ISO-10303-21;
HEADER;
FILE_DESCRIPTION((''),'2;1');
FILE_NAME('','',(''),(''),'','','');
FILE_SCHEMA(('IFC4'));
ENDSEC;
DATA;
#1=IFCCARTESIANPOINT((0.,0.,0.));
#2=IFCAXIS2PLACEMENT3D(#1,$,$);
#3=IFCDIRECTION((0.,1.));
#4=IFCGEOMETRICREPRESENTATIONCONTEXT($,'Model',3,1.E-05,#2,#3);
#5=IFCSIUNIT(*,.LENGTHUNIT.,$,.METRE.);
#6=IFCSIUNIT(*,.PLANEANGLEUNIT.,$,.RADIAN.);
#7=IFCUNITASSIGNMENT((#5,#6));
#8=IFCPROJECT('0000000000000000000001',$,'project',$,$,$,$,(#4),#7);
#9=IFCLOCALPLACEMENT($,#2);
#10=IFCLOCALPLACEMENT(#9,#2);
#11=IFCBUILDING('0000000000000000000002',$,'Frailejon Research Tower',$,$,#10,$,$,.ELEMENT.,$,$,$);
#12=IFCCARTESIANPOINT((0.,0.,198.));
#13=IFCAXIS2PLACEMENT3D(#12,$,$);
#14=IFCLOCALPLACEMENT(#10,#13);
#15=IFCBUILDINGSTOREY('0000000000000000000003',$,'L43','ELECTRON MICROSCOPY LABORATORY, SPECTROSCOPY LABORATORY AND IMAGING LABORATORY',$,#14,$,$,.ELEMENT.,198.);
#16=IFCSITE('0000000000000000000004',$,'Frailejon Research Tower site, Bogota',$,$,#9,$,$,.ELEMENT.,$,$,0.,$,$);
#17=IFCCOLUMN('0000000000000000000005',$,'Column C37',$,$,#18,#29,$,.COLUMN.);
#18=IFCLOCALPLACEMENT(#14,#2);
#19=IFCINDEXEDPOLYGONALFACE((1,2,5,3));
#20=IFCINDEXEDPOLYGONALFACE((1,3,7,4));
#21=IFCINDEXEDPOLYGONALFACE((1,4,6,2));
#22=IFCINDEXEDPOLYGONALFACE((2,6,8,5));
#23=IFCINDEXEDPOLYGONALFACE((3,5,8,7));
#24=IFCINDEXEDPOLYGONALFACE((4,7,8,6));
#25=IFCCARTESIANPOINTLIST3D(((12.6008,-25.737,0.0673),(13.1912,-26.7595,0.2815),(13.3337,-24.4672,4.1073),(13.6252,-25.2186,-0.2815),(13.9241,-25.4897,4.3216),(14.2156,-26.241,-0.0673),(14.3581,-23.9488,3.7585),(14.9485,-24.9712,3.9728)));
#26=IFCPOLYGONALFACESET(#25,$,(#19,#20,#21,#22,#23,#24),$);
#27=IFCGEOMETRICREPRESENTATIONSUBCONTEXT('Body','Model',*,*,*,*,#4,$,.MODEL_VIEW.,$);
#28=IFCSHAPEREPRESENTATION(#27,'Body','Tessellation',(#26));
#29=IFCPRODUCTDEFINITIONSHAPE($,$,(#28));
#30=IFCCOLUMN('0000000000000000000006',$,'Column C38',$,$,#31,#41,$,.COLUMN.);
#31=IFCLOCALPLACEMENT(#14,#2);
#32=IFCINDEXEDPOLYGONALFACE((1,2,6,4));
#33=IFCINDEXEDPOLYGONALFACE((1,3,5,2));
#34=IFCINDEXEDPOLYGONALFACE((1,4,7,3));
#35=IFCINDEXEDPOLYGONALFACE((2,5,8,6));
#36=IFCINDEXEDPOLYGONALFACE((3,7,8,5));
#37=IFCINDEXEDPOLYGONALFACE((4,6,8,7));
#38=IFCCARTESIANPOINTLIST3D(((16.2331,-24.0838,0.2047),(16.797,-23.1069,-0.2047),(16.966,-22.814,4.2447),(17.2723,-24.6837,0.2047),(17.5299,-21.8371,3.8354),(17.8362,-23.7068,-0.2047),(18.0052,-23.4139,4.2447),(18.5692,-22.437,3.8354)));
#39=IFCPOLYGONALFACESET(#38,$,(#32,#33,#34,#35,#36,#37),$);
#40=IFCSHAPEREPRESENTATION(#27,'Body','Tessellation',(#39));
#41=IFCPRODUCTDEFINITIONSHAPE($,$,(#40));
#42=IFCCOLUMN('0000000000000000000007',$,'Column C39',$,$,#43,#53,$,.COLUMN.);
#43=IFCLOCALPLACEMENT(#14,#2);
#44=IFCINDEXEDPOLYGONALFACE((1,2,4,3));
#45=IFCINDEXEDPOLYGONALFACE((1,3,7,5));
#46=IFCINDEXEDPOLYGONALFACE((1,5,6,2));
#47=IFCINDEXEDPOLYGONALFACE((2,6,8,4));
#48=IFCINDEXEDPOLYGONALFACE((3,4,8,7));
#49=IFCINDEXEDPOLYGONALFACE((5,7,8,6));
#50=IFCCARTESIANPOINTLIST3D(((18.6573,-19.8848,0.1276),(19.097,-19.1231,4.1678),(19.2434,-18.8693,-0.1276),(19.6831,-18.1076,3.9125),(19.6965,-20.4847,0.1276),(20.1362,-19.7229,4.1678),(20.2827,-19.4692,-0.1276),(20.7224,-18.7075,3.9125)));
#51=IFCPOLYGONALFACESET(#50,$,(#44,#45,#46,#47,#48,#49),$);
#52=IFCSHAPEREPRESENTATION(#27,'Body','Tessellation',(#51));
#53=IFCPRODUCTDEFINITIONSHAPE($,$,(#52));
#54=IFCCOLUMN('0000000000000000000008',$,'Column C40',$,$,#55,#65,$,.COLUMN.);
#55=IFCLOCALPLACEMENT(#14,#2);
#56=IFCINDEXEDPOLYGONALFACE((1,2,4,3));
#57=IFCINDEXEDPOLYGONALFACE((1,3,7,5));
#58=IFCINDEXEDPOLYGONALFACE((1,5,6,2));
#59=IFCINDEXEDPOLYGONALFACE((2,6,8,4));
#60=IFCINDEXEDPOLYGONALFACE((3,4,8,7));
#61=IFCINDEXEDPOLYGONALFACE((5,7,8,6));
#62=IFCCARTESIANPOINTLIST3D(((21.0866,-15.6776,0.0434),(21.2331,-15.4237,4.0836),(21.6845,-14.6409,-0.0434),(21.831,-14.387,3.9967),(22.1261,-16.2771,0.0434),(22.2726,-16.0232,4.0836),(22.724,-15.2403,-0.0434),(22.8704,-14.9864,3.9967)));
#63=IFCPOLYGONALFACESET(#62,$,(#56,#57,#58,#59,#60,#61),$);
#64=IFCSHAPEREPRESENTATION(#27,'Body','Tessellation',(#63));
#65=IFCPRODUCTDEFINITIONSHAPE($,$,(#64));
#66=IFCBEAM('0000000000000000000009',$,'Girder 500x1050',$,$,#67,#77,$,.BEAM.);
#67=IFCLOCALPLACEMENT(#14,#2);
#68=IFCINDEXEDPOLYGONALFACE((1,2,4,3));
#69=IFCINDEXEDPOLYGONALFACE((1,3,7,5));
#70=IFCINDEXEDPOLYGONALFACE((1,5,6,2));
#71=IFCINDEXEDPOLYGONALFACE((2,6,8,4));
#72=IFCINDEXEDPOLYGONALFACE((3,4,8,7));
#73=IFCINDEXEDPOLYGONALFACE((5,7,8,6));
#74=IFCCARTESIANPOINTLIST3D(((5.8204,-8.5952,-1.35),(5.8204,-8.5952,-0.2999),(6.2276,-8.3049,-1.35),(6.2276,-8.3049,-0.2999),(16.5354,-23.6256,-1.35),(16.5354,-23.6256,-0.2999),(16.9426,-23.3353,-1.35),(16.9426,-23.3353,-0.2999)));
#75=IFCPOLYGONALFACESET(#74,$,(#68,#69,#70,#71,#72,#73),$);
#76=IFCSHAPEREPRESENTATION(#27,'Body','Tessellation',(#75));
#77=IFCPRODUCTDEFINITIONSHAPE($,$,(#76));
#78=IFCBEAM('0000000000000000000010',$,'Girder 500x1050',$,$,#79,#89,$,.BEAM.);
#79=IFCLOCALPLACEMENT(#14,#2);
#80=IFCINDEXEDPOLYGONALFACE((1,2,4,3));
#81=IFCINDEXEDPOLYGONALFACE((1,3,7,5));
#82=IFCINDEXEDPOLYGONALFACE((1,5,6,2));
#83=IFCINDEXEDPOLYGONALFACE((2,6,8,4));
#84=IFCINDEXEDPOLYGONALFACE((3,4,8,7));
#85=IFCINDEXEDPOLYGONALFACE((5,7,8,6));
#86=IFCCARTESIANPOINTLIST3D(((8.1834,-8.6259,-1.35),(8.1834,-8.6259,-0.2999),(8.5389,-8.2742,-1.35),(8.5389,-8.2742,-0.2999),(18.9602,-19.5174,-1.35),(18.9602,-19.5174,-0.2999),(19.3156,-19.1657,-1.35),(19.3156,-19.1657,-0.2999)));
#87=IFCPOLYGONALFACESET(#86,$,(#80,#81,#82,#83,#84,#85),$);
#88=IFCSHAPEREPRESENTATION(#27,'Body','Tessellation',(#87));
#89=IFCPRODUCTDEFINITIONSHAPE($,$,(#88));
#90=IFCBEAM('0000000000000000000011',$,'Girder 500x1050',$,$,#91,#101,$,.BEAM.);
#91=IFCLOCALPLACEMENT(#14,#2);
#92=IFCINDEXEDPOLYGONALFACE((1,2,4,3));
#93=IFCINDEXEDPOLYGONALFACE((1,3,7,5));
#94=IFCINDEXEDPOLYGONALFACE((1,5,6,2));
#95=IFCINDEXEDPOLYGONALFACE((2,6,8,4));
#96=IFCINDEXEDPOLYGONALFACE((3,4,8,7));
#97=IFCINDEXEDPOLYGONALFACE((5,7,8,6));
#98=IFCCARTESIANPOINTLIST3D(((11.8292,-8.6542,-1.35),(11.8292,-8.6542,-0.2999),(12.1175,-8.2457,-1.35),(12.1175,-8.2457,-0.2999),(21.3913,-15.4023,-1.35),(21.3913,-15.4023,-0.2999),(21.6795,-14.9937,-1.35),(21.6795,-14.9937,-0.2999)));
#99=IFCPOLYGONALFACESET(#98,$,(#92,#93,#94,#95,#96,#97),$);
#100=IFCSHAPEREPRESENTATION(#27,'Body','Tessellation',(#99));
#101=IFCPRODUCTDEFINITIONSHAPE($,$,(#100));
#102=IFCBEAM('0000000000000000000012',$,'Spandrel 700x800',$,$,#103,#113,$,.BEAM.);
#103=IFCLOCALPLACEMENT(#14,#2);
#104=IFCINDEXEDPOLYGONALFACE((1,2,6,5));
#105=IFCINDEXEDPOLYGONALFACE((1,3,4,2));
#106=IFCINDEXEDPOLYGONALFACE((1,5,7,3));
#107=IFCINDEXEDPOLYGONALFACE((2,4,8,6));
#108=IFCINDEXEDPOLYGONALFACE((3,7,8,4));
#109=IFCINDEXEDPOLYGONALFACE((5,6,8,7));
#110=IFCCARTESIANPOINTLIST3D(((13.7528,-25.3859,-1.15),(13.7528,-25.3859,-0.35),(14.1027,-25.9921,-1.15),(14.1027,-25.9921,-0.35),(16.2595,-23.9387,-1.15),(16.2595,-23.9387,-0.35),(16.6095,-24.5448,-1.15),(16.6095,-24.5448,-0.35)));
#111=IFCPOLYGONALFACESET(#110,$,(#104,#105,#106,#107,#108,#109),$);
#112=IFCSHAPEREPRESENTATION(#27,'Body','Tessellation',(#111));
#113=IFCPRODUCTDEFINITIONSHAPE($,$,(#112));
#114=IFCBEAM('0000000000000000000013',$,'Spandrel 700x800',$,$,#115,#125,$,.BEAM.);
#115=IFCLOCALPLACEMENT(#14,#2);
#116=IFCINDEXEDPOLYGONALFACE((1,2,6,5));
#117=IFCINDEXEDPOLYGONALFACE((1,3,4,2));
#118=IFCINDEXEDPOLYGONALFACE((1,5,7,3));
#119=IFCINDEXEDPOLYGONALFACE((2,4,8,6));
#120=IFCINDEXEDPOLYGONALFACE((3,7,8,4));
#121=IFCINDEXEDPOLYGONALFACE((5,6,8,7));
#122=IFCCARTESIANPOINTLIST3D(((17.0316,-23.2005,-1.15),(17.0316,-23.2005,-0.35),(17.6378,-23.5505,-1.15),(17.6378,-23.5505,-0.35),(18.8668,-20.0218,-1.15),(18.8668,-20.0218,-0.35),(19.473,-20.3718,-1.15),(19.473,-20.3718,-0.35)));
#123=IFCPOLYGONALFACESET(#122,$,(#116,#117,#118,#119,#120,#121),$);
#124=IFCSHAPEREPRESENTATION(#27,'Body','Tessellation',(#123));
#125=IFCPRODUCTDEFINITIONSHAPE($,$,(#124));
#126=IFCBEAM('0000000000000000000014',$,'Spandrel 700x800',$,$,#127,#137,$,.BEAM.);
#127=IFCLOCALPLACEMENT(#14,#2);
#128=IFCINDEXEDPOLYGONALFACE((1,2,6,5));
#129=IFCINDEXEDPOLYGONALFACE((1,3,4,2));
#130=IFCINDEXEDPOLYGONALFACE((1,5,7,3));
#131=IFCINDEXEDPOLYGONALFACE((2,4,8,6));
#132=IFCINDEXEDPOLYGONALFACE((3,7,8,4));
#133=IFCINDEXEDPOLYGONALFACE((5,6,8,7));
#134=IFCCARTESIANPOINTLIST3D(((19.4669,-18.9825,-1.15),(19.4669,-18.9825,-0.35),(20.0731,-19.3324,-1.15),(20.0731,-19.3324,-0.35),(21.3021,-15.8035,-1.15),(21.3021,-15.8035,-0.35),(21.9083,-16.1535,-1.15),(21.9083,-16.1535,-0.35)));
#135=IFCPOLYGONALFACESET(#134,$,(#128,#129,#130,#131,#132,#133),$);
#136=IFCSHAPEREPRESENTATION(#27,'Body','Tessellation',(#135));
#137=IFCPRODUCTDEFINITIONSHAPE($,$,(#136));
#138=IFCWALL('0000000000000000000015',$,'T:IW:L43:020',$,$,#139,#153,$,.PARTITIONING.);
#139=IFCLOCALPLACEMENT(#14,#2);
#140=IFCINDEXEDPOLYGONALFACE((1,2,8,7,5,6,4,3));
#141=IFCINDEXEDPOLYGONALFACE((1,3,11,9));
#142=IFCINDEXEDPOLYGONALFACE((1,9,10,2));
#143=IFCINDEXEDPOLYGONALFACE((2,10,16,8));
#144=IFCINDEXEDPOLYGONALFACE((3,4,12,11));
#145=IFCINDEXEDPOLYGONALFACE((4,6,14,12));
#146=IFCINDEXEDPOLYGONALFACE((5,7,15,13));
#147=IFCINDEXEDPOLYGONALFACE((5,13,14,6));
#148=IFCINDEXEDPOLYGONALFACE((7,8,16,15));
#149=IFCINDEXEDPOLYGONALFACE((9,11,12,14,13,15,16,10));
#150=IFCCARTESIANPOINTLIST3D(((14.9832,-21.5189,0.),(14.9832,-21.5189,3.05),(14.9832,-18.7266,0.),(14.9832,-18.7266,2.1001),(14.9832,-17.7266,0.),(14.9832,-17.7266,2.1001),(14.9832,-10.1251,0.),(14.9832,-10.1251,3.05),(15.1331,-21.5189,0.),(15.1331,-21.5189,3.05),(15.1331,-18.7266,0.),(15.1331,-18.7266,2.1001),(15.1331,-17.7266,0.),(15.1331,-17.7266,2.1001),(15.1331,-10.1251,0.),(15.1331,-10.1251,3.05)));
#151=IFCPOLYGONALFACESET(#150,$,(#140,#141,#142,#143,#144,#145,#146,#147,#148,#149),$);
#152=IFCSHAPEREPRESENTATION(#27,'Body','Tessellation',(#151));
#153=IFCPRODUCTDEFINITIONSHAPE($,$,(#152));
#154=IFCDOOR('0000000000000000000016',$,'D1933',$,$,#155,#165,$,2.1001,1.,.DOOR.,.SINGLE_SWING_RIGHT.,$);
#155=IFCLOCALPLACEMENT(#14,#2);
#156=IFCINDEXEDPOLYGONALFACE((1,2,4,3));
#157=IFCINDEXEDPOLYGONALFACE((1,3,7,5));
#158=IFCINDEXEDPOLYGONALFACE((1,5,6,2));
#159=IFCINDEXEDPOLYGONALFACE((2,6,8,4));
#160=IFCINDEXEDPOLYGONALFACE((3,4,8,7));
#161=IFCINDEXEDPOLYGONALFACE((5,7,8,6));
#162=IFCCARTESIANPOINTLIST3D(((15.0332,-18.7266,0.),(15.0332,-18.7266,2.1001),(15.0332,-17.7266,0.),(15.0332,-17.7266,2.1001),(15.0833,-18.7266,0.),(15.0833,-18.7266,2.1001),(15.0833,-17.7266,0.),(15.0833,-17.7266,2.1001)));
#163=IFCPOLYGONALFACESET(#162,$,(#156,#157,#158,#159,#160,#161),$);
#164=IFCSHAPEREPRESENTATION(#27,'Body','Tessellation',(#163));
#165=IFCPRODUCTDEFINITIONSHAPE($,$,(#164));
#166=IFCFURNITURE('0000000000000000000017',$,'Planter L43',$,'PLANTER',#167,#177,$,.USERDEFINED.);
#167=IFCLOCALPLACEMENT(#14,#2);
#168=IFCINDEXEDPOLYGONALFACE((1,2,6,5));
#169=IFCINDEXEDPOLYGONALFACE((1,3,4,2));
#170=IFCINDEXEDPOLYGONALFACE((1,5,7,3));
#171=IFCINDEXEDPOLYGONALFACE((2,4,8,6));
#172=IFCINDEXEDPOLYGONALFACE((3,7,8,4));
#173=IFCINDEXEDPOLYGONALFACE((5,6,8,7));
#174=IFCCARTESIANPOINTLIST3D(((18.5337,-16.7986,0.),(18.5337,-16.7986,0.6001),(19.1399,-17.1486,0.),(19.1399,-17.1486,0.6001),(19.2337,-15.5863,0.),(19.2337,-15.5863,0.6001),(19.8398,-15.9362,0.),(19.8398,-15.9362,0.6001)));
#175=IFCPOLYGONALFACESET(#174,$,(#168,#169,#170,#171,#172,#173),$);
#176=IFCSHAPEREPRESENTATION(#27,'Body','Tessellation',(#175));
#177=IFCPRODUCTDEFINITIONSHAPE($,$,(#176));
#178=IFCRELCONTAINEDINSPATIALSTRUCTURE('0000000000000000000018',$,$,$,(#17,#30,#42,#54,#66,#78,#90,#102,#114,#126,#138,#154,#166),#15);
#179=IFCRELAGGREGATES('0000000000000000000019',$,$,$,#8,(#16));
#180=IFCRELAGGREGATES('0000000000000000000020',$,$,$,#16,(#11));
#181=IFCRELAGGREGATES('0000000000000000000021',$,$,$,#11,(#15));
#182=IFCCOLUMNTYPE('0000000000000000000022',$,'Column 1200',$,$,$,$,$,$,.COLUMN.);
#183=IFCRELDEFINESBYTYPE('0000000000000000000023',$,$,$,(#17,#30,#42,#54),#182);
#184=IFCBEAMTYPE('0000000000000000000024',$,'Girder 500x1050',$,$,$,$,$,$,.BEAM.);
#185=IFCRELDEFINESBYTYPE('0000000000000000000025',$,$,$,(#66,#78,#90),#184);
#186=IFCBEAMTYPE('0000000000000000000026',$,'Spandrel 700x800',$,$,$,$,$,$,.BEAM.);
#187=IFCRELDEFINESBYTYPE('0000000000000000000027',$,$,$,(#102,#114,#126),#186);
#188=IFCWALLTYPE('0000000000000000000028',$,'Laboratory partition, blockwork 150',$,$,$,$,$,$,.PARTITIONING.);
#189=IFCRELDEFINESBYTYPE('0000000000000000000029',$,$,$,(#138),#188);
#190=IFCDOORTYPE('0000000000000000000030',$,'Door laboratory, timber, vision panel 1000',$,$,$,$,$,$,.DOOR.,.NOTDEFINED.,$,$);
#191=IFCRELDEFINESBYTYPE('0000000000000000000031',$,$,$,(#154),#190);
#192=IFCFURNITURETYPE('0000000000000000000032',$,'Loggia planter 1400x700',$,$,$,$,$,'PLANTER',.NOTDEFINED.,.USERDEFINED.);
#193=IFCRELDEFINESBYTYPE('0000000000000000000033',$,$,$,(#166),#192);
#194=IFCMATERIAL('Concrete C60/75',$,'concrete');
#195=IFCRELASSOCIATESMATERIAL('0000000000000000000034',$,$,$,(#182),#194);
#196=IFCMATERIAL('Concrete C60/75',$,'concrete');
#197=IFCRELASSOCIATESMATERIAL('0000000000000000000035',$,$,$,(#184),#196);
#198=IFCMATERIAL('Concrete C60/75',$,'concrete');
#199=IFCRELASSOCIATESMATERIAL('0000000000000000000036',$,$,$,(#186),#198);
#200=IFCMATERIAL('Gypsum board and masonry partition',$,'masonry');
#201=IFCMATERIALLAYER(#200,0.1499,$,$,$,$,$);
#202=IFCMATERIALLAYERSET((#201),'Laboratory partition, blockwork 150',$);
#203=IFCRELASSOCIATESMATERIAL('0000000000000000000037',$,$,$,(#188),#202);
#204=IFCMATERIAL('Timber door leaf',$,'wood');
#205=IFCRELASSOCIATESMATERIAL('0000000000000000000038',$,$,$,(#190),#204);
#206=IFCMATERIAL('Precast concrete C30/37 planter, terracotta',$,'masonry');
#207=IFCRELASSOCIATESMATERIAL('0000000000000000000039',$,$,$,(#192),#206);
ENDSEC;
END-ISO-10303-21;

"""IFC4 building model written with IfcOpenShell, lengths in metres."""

from ifc_helpers import new_model, si_unit, direction, frame, frame_2d, origin, origin_2d, place, context, subcontext, project, spatial, rectangle, extrude, material, layer, layer_set, material_profile, profile_set, type_object, element, fill, save


model = new_model("IFC4")

# Units and contexts
model_context = context("Model", 3, precision=1e-05, world=origin(), true_north=direction((0.0, 1.0)))
body_context = subcontext(model_context, "Body", "Model", "MODEL_VIEW")
ifc_project = project(units=[si_unit("LENGTHUNIT", "METRE"), si_unit("PLANEANGLEUNIT", "RADIAN")], contexts=[model_context])

# Site, building, storey
site_placement = place(None, origin())
site = spatial("IfcSite", under=ifc_project, at=site_placement, Name="Frailejon Research Tower site, Bogota", CompositionType="ELEMENT", RefElevation=0.0)
building_placement = place(site_placement, origin())
building = spatial("IfcBuilding", under=site, at=building_placement, Name="Frailejon Research Tower", CompositionType="ELEMENT")
storey_placement = place(building_placement, frame((0.0, 0.0, 198.0)))
storey = spatial("IfcBuildingStorey", under=building, at=storey_placement, Name="L43", Description="ELECTRON MICROSCOPY LABORATORY, SPECTROSCOPY LABORATORY AND IMAGING LABORATORY", CompositionType="ELEMENT", Elevation=198.0)

# Columns
ifc_material_1 = material(Name="Concrete C60/75", Category="concrete")
ifc_material_profile_1 = material_profile(ifc_material_1, rectangle(XDim=1.2, YDim=1.2, at=origin_2d()), Name="Column 1200")
ifc_profile_set_1 = profile_set([ifc_material_profile_1], Name="Concrete C60/75")
column_type = type_object("IfcColumnType", Name="Column 1200", PredefinedType="COLUMN", material=ifc_profile_set_1)
for number, where, z_axis, x_axis, name in (
    (1, (13.4082, -25.989, 0.0), (0.17053, 0.295445, 0.940017), (0.853708, 0.432077, -0.290674), "Column C37"),
    (2, (17.0347, -23.8953, 0.0), (0.17053, 0.295445, 0.940017), (0.469945, 0.814115, -0.341128), "Column C38"),
):
    element("IfcColumn", number, at=place(storey_placement, frame(where, z_axis=z_axis, x_axis=x_axis)), inside=storey, type_object=column_type, Name=name, PredefinedType="COLUMN", context=body_context, shape_type="SweptSolid", body=[
        extrude(rectangle(XDim=1.2, YDim=1.2, at=origin_2d()), origin(), (0.0, 0.0, 1.0), 4.2979),
    ])
column_1_placement = place(storey_placement, frame((19.47, -19.677, 0.0), z_axis=(0.106344, 0.184227, 0.977114), x_axis=(0.488465, 0.846258, -0.212718)))
element("IfcColumn", 3, at=column_1_placement, inside=storey, type_object=column_type, Name="Column C39", PredefinedType="COLUMN", context=body_context, shape_type="SweptSolid", body=[
    extrude(rectangle(XDim=1.2, YDim=1.2, at=origin_2d()), origin(), (0.0, 0.0, 1.0), 4.1348),
])
column_2_placement = place(storey_placement, frame((21.9053, -15.459, 0.0), z_axis=(0.036163, 0.062683, 0.997378), x_axis=(0.498264, 0.864, -0.072366)))
element("IfcColumn", 4, at=column_2_placement, inside=storey, type_object=column_type, Name="Column C40", PredefinedType="COLUMN", context=body_context, shape_type="SweptSolid", body=[
    extrude(rectangle(XDim=1.2, YDim=1.2, at=origin_2d()), origin(), (0.0, 0.0, 1.0), 4.0508),
])

# Beams
ifc_material_2 = material(Name="Concrete C60/75", Category="concrete")
ifc_material_profile_2 = material_profile(ifc_material_2, rectangle(XDim=0.5, YDim=1.05, at=origin_2d()), Name="Girder 500x1050")
ifc_profile_set_2 = profile_set([ifc_material_profile_2], Name="Concrete C60/75")
beam_type_1 = type_object("IfcBeamType", Name="Girder 500x1050", PredefinedType="BEAM", material=ifc_profile_set_2)
beam_1_placement = place(storey_placement, frame((16.739, -23.4805, -0.825), z_axis=(-0.580485, 0.814271, 0.0), x_axis=(-0.814271, -0.580485, 0.0)))
element("IfcBeam", 5, at=beam_1_placement, inside=storey, type_object=beam_type_1, Name="Girder 500x1050", PredefinedType="BEAM", context=body_context, shape_type="SweptSolid", body=[
    extrude(rectangle(XDim=0.5, YDim=1.05, at=origin_2d()), origin(), (0.0, 0.0, 1.0), 18.4587),
])
beam_2_placement = place(storey_placement, frame((19.1379, -19.3416, -0.825), z_axis=(-0.703352, 0.710841, 0.0), x_axis=(-0.710841, -0.703352, 0.0)))
element("IfcBeam", 6, at=beam_2_placement, inside=storey, type_object=beam_type_1, Name="Girder 500x1050", PredefinedType="BEAM", context=body_context, shape_type="SweptSolid", body=[
    extrude(rectangle(XDim=0.5, YDim=1.05, at=origin_2d()), origin(), (0.0, 0.0, 1.0), 15.322),
])
beam_3_placement = place(storey_placement, frame((21.5354, -15.198, -0.825), z_axis=(-0.817033, 0.576591, 0.0), x_axis=(-0.576591, -0.817033, 0.0)))
element("IfcBeam", 7, at=beam_3_placement, inside=storey, type_object=beam_type_1, Name="Girder 500x1050", PredefinedType="BEAM", context=body_context, shape_type="SweptSolid", body=[
    extrude(rectangle(XDim=0.5, YDim=1.05, at=origin_2d()), origin(), (0.0, 0.0, 1.0), 11.7034),
])
ifc_material_3 = material(Name="Concrete C60/75", Category="concrete")
ifc_material_profile_3 = material_profile(ifc_material_3, rectangle(XDim=0.7, YDim=0.8, at=origin_2d()), Name="Spandrel 700x800")
ifc_profile_set_3 = profile_set([ifc_material_profile_3], Name="Concrete C60/75")
beam_type_2 = type_object("IfcBeamType", Name="Spandrel 700x800", PredefinedType="BEAM", material=ifc_profile_set_3)
beam_4_placement = place(storey_placement, frame((13.9277, -25.689, -0.75), z_axis=(0.866034, 0.499985, 0.0), x_axis=(-0.499985, 0.866034, 0.0)))
element("IfcBeam", 8, at=beam_4_placement, inside=storey, type_object=beam_type_2, Name="Spandrel 700x800", PredefinedType="BEAM", context=body_context, shape_type="SweptSolid", body=[
    extrude(rectangle(XDim=0.7, YDim=0.8, at=origin_2d()), origin(), (0.0, 0.0, 1.0), 2.8945),
])
beam_5_placement = place(storey_placement, frame((17.3347, -23.3755, -0.75), z_axis=(0.499995, 0.866028, 0.0), x_axis=(-0.866028, 0.499995, 0.0)))
element("IfcBeam", 9, at=beam_5_placement, inside=storey, type_object=beam_type_2, Name="Spandrel 700x800", PredefinedType="BEAM", context=body_context, shape_type="SweptSolid", body=[
    extrude(rectangle(XDim=0.7, YDim=0.8, at=origin_2d()), origin(), (0.0, 0.0, 1.0), 3.6704),
])
beam_6_placement = place(storey_placement, frame((19.77, -19.1575, -0.75), z_axis=(0.499966, 0.866045, 0.0), x_axis=(-0.866045, 0.499966, 0.0)))
element("IfcBeam", 10, at=beam_6_placement, inside=storey, type_object=beam_type_2, Name="Spandrel 700x800", PredefinedType="BEAM", context=body_context, shape_type="SweptSolid", body=[
    extrude(rectangle(XDim=0.7, YDim=0.8, at=origin_2d()), origin(), (0.0, 0.0, 1.0), 3.6707),
])

# Wall, opening, door
ifc_material_4 = material(Name="Gypsum board and masonry partition", Category="masonry")
ifc_layer_1 = layer(ifc_material_4, 0.1499)
ifc_layer_set_1 = layer_set([ifc_layer_1], Name="Laboratory partition, blockwork 150")
wall_type_1 = type_object("IfcWallType", Name="Laboratory partition, blockwork 150", PredefinedType="PARTITIONING", material=ifc_layer_set_1)
wall_1_placement = place(storey_placement, frame((15.0581, -21.5188, 0.0), z_axis=(0.0, 0.0, 1.0), x_axis=(0.0, 1.0, 0.0)))
wall_1 = element("IfcWall", 11, at=wall_1_placement, inside=storey, type_object=wall_type_1, Name="T:IW:L43:020", PredefinedType="PARTITIONING", context=body_context, shape_type="SweptSolid", body=[
    extrude(rectangle(XDim=11.3938, YDim=0.1499, at=frame_2d((5.6968, 0.0))), origin(), (0.0, 0.0, 1.0), 3.05),
])
opening_1_placement = place(wall_1_placement, frame((2.7922, 0.0, 0.0)))
opening_1 = element("IfcOpeningElement", 12, at=opening_1_placement, cuts=wall_1, PredefinedType="OPENING", context=body_context, shape_type="SweptSolid", body=[
    extrude(rectangle(XDim=1.0, YDim=2.1001, at=frame_2d((0.5, 1.05))), frame((0.0, 0.085, 0.0), z_axis=(0.0, -1.0, 0.0), x_axis=(1.0, 0.0, 0.0)), (0.0, 0.0, 1.0), 0.1699),
])
ifc_material_5 = material(Name="Timber door leaf", Category="wood")
door_type_1 = type_object("IfcDoorType", Name="Door laboratory, timber, vision panel 1000", OperationType="NOTDEFINED", PredefinedType="DOOR", material=ifc_material_5)
door_1_placement = place(opening_1_placement, origin())
door_1 = element("IfcDoor", 13, at=door_1_placement, inside=storey, type_object=door_type_1, Name="D1933", OperationType="SINGLE_SWING_RIGHT", OverallHeight=2.1001, OverallWidth=1.0, PredefinedType="DOOR", context=body_context, shape_type="SweptSolid", body=[
    extrude(rectangle(XDim=1.0, YDim=2.1001, at=frame_2d((0.5, 1.05))), frame((0.0, 0.0249, 0.0), z_axis=(0.0, -1.0, 0.0), x_axis=(1.0, 0.0, 0.0)), (0.0, 0.0, 1.0), 0.05),
])
fill(opening_1, door_1)

# Furniture
ifc_material_6 = material(Name="Precast concrete C30/37 planter, terracotta", Category="masonry")
furniture_type = type_object("IfcFurnitureType", Name="Loggia planter 1400x700", ElementType="PLANTER", AssemblyPlace="NOTDEFINED", PredefinedType="USERDEFINED", material=ifc_material_6)
furniture_placement = place(storey_placement, frame((19.1868, -16.3674, 0.0), z_axis=(0.0, 0.0, 1.0), x_axis=(0.5, 0.866025, 0.0)))
element("IfcFurniture", 14, at=furniture_placement, inside=storey, type_object=furniture_type, Name="Planter L43", ObjectType="PLANTER", PredefinedType="USERDEFINED", context=body_context, shape_type="SweptSolid", body=[
    extrude(rectangle(XDim=1.3999, YDim=0.7, at=origin_2d()), origin(), (0.0, 0.0, 1.0), 0.6001),
])

save(model, "model.ifc")
